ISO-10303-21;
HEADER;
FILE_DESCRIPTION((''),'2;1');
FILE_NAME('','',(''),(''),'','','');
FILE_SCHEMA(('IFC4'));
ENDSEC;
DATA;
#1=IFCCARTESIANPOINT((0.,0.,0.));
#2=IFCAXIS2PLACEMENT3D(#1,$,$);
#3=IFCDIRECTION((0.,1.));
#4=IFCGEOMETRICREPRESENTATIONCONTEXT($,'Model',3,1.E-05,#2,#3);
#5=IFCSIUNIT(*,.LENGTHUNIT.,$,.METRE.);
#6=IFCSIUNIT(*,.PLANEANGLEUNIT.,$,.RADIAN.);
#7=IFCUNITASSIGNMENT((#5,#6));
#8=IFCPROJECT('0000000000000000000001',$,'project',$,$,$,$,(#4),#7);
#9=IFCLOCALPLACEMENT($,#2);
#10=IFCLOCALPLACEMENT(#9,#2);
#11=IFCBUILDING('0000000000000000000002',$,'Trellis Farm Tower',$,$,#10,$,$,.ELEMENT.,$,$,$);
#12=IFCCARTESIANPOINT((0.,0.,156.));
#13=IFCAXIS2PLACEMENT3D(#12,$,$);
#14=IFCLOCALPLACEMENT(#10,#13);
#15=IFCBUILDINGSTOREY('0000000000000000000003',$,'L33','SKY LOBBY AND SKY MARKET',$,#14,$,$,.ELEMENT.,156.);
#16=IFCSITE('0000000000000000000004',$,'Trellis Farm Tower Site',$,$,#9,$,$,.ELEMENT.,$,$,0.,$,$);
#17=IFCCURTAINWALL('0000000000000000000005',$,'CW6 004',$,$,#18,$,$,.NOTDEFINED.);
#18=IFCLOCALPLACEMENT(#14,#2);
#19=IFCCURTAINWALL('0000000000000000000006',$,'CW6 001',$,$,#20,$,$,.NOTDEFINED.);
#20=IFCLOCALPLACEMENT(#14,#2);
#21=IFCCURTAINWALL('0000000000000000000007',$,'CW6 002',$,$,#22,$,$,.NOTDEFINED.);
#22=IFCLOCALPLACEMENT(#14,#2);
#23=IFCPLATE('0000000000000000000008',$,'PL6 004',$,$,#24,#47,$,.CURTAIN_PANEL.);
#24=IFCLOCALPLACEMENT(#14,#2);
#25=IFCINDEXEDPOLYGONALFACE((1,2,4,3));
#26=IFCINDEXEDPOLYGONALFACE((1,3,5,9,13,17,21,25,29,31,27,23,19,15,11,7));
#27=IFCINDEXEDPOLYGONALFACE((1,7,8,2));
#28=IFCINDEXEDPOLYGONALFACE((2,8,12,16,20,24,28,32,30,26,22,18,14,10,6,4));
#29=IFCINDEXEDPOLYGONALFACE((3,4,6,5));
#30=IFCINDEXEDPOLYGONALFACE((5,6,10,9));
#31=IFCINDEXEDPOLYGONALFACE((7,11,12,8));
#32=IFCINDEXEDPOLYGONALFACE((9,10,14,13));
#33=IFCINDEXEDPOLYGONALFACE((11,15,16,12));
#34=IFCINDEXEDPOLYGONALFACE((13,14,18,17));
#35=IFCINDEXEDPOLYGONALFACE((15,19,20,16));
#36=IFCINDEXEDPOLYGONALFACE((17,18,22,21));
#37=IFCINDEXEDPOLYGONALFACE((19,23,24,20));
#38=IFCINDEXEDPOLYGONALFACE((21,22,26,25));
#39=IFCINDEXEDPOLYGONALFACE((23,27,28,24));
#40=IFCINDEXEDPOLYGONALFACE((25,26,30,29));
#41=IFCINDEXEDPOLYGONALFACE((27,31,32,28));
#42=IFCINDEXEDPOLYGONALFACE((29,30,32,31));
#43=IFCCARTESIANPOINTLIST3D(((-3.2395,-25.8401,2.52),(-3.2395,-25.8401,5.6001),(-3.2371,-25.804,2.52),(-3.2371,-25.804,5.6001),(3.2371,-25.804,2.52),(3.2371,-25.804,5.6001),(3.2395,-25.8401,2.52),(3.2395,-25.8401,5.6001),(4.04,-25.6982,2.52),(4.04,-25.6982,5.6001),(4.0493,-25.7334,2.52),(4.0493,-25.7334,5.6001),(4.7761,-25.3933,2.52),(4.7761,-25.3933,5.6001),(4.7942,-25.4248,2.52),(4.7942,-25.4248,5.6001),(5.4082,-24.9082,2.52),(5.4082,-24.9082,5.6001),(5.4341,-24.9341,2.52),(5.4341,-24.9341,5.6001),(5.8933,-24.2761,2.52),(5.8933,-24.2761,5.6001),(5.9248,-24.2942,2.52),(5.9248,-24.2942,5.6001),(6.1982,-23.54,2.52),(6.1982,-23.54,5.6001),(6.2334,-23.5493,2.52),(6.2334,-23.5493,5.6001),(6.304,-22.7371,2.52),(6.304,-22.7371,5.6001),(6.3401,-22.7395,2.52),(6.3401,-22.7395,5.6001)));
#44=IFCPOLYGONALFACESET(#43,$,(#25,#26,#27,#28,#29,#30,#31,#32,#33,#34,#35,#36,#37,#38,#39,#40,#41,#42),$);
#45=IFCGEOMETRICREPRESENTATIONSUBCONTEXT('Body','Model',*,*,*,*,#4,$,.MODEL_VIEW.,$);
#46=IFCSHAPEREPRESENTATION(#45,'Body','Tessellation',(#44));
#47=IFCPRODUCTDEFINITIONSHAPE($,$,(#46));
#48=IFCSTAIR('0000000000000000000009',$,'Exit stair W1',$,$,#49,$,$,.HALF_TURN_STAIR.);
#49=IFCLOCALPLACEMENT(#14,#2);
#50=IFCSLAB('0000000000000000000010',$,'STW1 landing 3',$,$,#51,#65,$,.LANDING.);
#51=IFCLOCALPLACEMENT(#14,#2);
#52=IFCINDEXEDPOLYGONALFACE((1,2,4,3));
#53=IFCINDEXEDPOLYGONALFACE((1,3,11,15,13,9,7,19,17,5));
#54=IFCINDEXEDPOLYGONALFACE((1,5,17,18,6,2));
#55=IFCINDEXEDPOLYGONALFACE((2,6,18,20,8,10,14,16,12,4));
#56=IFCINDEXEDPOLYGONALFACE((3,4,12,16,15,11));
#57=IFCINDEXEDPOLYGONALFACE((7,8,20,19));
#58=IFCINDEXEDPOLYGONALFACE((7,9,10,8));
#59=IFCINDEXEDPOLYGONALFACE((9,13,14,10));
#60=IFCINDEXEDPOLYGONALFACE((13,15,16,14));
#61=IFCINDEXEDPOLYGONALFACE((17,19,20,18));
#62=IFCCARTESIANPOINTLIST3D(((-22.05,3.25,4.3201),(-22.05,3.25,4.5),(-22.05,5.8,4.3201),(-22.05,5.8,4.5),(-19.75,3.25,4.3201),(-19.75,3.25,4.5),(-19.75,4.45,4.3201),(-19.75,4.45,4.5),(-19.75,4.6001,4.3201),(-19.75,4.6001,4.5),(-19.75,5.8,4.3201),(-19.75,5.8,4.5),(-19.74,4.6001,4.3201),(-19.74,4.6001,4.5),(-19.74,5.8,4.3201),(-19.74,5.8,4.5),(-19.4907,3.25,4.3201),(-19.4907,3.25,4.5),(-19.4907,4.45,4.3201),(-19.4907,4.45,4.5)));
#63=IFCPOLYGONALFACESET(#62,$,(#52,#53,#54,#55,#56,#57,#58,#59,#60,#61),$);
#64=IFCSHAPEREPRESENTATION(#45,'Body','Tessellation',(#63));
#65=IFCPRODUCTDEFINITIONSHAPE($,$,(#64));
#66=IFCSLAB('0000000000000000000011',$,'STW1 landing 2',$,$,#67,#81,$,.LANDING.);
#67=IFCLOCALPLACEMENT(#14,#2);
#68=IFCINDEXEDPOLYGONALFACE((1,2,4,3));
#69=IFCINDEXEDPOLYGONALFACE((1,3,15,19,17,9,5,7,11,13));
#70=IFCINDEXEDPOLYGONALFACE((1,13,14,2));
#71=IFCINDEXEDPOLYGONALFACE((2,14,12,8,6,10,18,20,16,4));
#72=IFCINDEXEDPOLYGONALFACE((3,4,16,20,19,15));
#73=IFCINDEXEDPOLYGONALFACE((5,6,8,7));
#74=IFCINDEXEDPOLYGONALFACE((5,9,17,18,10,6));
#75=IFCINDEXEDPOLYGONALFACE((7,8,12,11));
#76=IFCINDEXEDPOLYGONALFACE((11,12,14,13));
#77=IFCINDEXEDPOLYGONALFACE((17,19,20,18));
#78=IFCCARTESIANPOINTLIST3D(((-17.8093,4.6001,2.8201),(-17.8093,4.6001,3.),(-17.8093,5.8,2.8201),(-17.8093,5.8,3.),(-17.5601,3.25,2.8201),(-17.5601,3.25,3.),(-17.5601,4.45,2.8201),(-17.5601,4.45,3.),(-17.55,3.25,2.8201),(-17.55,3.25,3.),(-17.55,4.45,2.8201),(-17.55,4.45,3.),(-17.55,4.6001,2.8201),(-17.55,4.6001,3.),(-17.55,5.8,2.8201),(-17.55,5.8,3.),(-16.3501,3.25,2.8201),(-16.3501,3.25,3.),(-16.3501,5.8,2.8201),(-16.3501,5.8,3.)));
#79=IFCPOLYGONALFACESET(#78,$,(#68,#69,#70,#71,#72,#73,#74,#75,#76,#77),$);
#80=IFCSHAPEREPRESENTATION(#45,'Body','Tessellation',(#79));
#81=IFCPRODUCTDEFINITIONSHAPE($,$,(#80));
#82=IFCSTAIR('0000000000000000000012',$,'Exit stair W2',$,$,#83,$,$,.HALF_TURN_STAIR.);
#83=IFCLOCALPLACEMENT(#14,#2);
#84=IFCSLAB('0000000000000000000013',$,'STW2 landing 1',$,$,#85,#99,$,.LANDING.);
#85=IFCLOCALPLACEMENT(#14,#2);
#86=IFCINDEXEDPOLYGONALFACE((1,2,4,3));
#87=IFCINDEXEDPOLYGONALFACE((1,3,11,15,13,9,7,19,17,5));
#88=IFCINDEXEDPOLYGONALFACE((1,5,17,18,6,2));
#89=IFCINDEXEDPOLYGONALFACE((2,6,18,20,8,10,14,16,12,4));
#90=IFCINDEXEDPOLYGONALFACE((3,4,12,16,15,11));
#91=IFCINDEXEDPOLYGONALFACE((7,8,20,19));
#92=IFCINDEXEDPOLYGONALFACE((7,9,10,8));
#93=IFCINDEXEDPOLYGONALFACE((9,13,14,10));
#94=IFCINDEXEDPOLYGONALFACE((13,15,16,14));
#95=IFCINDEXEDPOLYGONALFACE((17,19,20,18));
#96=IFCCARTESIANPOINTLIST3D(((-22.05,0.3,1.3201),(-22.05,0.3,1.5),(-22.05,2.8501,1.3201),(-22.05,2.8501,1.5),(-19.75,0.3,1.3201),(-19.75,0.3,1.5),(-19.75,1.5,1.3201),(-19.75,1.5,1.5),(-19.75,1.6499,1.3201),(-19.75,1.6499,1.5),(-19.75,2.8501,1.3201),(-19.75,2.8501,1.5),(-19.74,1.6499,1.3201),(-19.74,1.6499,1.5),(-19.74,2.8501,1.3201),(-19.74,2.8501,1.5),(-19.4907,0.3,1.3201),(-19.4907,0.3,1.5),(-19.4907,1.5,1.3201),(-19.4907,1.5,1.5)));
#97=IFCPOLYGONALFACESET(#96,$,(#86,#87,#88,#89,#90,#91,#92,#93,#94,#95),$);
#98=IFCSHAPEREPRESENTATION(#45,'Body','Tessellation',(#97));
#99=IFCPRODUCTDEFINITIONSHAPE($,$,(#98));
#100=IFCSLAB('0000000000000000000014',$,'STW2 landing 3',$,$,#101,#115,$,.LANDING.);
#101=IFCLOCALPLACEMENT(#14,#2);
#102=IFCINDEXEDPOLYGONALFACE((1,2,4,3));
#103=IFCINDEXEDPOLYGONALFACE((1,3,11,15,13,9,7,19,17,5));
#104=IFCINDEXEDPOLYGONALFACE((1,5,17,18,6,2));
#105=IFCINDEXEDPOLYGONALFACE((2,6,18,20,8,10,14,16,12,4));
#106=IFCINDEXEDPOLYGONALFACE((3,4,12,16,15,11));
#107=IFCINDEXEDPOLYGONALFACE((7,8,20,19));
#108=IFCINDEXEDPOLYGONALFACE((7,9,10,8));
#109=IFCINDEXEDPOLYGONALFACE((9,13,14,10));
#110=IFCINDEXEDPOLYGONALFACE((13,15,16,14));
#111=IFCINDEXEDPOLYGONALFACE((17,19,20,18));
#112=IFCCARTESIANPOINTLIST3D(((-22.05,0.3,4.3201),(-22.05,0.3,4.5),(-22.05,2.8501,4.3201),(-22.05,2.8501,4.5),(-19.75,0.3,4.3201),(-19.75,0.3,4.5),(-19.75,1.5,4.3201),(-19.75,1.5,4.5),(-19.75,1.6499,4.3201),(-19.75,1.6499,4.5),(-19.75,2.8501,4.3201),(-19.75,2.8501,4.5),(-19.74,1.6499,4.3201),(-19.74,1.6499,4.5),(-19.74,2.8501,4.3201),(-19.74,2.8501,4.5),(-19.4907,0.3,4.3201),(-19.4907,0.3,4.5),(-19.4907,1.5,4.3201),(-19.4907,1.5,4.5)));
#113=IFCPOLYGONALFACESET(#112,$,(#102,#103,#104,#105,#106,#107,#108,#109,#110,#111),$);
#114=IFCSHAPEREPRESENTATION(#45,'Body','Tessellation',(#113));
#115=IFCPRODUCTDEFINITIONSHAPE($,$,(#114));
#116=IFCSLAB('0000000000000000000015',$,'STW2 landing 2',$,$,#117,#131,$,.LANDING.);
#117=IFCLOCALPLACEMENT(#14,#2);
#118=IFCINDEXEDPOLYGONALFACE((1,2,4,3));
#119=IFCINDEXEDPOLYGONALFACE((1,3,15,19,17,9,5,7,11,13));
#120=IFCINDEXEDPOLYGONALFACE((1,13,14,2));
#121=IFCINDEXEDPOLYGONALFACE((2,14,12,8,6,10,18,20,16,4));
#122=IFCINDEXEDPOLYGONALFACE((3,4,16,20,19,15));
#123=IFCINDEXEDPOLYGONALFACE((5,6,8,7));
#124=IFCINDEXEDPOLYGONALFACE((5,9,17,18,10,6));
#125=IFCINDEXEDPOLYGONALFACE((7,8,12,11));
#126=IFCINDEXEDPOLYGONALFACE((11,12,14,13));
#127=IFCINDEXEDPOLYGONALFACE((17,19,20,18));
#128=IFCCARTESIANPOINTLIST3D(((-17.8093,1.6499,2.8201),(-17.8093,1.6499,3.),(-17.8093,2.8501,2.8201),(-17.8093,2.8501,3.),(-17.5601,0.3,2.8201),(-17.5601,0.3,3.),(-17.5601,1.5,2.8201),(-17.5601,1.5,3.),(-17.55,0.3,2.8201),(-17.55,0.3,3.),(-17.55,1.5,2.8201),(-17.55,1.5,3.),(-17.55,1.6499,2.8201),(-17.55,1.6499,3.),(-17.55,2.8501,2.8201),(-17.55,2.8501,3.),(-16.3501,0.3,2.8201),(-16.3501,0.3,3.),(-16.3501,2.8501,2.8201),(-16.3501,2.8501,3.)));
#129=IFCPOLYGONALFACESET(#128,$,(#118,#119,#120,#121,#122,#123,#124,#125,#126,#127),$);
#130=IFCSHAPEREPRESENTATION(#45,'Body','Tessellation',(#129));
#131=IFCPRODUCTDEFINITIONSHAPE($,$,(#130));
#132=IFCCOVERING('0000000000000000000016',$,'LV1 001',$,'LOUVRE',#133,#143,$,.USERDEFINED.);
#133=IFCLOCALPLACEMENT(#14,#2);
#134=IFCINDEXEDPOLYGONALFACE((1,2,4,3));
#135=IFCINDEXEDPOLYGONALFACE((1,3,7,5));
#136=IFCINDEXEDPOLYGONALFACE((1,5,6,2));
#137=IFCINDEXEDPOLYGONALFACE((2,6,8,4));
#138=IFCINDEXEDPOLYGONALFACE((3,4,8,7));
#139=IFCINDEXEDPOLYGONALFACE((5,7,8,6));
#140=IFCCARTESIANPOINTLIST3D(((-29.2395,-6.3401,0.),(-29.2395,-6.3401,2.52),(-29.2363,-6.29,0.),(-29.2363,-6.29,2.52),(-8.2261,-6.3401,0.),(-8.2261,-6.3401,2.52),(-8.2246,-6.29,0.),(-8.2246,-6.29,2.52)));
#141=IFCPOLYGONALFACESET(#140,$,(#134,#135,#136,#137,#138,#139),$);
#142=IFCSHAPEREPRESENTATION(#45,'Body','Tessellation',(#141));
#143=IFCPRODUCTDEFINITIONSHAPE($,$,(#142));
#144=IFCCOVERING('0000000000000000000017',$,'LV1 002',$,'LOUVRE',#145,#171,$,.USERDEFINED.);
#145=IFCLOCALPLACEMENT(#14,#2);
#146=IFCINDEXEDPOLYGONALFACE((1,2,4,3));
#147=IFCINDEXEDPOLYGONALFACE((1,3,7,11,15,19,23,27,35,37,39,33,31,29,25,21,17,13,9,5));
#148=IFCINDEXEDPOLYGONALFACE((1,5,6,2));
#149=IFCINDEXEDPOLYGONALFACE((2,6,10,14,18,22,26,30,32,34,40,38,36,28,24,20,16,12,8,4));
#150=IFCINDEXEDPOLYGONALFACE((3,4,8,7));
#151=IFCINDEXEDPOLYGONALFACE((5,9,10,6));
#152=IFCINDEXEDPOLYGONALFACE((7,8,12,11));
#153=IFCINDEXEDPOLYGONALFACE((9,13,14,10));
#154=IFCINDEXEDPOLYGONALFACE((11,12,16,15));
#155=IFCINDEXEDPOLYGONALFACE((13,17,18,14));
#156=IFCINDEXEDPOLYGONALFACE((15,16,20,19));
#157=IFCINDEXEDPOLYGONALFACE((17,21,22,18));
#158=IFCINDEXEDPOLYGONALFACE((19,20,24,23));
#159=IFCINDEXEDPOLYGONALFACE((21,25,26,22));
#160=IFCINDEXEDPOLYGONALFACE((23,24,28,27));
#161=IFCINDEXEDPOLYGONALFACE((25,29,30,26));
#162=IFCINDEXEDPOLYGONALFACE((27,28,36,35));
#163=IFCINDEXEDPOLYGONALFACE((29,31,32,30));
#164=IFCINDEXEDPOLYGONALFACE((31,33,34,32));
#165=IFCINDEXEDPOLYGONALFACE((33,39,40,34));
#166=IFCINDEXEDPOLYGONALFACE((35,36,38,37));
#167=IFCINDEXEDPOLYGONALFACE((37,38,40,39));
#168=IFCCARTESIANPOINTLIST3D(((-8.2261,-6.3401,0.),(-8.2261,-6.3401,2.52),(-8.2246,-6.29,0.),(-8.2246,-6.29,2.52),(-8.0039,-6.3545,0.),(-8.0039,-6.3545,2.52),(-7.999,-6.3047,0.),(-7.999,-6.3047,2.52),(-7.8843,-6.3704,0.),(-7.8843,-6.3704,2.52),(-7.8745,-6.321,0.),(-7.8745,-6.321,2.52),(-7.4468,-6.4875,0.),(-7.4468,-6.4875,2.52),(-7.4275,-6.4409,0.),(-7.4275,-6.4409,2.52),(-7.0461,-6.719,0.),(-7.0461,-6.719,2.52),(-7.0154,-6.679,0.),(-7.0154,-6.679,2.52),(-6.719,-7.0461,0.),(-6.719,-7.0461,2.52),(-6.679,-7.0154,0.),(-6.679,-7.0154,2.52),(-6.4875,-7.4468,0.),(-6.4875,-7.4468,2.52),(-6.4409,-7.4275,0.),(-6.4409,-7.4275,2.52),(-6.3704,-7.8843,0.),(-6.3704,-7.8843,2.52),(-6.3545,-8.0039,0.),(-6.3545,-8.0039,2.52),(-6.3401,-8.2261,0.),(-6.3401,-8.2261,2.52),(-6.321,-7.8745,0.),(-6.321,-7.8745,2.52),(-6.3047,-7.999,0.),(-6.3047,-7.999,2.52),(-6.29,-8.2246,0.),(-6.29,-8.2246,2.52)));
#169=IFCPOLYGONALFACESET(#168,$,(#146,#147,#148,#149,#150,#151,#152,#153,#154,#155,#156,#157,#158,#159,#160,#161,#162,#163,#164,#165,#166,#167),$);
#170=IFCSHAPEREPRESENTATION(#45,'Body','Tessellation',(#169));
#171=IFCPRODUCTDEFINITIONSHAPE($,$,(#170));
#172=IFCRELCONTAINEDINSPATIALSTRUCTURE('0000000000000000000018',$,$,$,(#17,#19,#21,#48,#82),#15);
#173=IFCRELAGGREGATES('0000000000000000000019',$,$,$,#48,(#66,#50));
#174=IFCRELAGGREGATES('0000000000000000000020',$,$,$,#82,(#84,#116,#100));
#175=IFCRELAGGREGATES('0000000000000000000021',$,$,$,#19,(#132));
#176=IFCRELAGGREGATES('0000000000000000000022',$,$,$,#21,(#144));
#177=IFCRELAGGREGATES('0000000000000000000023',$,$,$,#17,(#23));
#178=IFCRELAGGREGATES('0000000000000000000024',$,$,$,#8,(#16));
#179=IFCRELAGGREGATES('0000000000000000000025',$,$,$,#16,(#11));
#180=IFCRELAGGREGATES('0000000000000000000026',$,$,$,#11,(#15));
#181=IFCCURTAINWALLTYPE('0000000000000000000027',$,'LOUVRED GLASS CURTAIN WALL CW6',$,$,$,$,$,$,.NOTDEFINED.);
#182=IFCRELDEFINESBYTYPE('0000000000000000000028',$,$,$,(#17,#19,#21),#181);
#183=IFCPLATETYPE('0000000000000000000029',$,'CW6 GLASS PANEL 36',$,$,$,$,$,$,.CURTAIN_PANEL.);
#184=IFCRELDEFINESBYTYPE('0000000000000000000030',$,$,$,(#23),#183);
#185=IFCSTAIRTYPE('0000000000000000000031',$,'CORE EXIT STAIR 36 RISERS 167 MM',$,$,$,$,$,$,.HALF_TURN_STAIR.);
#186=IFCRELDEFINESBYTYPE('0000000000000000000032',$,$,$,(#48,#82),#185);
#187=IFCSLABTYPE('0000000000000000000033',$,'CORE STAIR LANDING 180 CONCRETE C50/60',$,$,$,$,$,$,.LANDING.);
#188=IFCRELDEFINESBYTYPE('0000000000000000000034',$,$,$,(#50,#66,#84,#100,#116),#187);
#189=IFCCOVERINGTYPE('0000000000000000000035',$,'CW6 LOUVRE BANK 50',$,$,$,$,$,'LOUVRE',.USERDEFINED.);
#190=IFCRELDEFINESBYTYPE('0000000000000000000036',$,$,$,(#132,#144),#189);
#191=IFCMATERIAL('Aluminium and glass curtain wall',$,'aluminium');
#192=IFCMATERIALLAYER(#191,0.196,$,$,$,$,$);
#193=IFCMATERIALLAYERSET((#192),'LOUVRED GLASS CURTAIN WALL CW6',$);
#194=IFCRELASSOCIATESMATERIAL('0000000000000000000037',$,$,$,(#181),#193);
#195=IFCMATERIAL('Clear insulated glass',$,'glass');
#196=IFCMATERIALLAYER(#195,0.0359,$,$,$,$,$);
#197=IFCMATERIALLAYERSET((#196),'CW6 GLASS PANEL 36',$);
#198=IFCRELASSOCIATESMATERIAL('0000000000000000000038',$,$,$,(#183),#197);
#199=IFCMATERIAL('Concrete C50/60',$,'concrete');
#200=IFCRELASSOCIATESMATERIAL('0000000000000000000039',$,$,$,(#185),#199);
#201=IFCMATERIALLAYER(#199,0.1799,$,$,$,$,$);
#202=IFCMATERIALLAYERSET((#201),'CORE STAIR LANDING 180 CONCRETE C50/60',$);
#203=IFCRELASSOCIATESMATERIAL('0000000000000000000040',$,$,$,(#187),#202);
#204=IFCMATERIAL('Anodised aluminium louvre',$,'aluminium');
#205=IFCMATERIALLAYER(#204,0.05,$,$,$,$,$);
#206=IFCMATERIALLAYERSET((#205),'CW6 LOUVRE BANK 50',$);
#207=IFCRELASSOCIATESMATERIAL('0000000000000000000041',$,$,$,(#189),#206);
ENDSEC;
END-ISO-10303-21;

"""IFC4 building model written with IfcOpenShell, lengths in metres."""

from ifc_helpers import new_model, si_unit, direction, frame, origin, place, context, subcontext, project, spatial, polyline, outline, extrude, source, transform, mapped, material, layer, layer_set, type_object, element, aggregate, save


model = new_model("IFC4")

# Units and contexts
model_context = context("Model", 3, precision=1e-05, world=origin(), true_north=direction((0.0, 1.0)))
body_context = subcontext(model_context, "Body", "Model", "MODEL_VIEW")
ifc_project = project(units=[si_unit("LENGTHUNIT", "METRE"), si_unit("PLANEANGLEUNIT", "RADIAN")], contexts=[model_context])

# Site, building, storey
site_placement = place(None, origin())
site = spatial("IfcSite", under=ifc_project, at=site_placement, Name="Trellis Farm Tower Site", CompositionType="ELEMENT", RefElevation=0.0)
building_placement = place(site_placement, origin())
building = spatial("IfcBuilding", under=site, at=building_placement, Name="Trellis Farm Tower", CompositionType="ELEMENT")
storey_placement = place(building_placement, frame((0.0, 0.0, 156.0)))
storey = spatial("IfcBuildingStorey", under=building, at=storey_placement, Name="L33", Description="SKY LOBBY AND SKY MARKET", CompositionType="ELEMENT", Elevation=156.0)

# Curtain walls
ifc_material_1 = material(Name="Aluminium and glass curtain wall", Category="aluminium")
ifc_layer_1 = layer(ifc_material_1, 0.196)
ifc_layer_set_1 = layer_set([ifc_layer_1], Name="LOUVRED GLASS CURTAIN WALL CW6")
curtain_wall_type = type_object("IfcCurtainWallType", Name="LOUVRED GLASS CURTAIN WALL CW6", PredefinedType="NOTDEFINED", material=ifc_layer_set_1)
placement_1 = place(storey_placement, origin())
curtain_wall_1 = element("IfcCurtainWall", 1, at=placement_1, inside=storey, type_object=curtain_wall_type, Name="CW6 004", PredefinedType="NOTDEFINED")
curtain_wall_2 = element("IfcCurtainWall", 2, at=placement_1, inside=storey, type_object=curtain_wall_type, Name="CW6 001", PredefinedType="NOTDEFINED")
curtain_wall_3 = element("IfcCurtainWall", 3, at=placement_1, inside=storey, type_object=curtain_wall_type, Name="CW6 002", PredefinedType="NOTDEFINED")

# Plate
ifc_material_2 = material(Name="Clear insulated glass", Category="glass")
ifc_layer_2 = layer(ifc_material_2, 0.0359)
ifc_layer_set_2 = layer_set([ifc_layer_2], Name="CW6 GLASS PANEL 36")
plate_type = type_object("IfcPlateType", Name="CW6 GLASS PANEL 36", PredefinedType="CURTAIN_PANEL", material=ifc_layer_set_2)
placement_2 = place(storey_placement, frame((0.0, 0.0, 2.52)))
plate_1 = element("IfcPlate", 4, at=placement_2, type_object=plate_type, Name="PL6 004", PredefinedType="CURTAIN_PANEL", context=body_context, shape_type="SweptSolid", body=[
    extrude(outline(polyline([(-3.2395, -25.8401), (3.2395, -25.8401), (4.0493, -25.7334), (4.7942, -25.4248), (5.4341, -24.9341), (5.9248, -24.2942), (6.2334, -23.5493), (6.3401, -22.7395), (6.304, -22.7371), (6.1982, -23.54), (5.8933, -24.2761), (5.4082, -24.9082), (4.7761, -25.3933), (4.04, -25.6982), (3.2371, -25.804), (-3.2371, -25.804), (-3.2395, -25.8401)])), origin(), (0.0, 0.0, 1.0), 3.0801),
])

# Stairs, slabs
ifc_material_3 = material(Name="Concrete C50/60", Category="concrete")
stair_type = type_object("IfcStairType", Name="CORE EXIT STAIR 36 RISERS 167 MM", PredefinedType="HALF_TURN_STAIR", material=ifc_material_3)
stair_1 = element("IfcStair", 5, at=placement_1, inside=storey, type_object=stair_type, Name="Exit stair W1", PredefinedType="HALF_TURN_STAIR")
ifc_layer_3 = layer(ifc_material_3, 0.1799)
ifc_layer_set_3 = layer_set([ifc_layer_3], Name="CORE STAIR LANDING 180 CONCRETE C50/60")
slab_type = type_object("IfcSlabType", Name="CORE STAIR LANDING 180 CONCRETE C50/60", PredefinedType="LANDING", material=ifc_layer_set_3)
shared_shape_1 = source(origin(), body_context, "Body", "SweptSolid", [
    extrude(outline(polyline([(-19.4907, 4.45), (-19.4907, 3.25), (-19.75, 3.25), (-22.05, 3.25), (-22.05, 5.8), (-19.75, 5.8), (-19.74, 5.8), (-19.74, 4.6001), (-19.75, 4.6001), (-19.75, 4.45), (-19.4907, 4.45)])), origin(), (0.0, 0.0, 1.0), 0.1799),
])
placement_3 = place(storey_placement, frame((0.0, 0.0, 4.3201)))
slab_1 = element("IfcSlab", 6, at=placement_3, type_object=slab_type, Name="STW1 landing 3", PredefinedType="LANDING", context=body_context, shape_type="MappedRepresentation", body=[
    mapped(shared_shape_1, transform((0.0, 0.0, 0.0))),
])
shared_shape_2 = source(origin(), body_context, "Body", "SweptSolid", [
    extrude(outline(polyline([(-17.5601, 3.25), (-17.5601, 4.45), (-17.55, 4.45), (-17.55, 4.6001), (-17.8093, 4.6001), (-17.8093, 5.8), (-17.55, 5.8), (-16.3501, 5.8), (-16.3501, 3.25), (-17.55, 3.25), (-17.5601, 3.25)])), origin(), (0.0, 0.0, 1.0), 0.1799),
])
placement_4 = place(storey_placement, frame((0.0, 0.0, 2.8201)))
slab_2 = element("IfcSlab", 7, at=placement_4, type_object=slab_type, Name="STW1 landing 2", PredefinedType="LANDING", context=body_context, shape_type="MappedRepresentation", body=[
    mapped(shared_shape_2, transform((0.0, 0.0, 0.0))),
])
aggregate(stair_1, [slab_2, slab_1])
stair_2 = element("IfcStair", 8, at=placement_1, inside=storey, type_object=stair_type, Name="Exit stair W2", PredefinedType="HALF_TURN_STAIR")
shared_shape_3 = source(origin(), body_context, "Body", "SweptSolid", [
    extrude(outline(polyline([(-19.4907, 1.5), (-19.4907, 0.3), (-19.75, 0.3), (-22.05, 0.3), (-22.05, 2.8501), (-19.75, 2.8501), (-19.74, 2.8501), (-19.74, 1.6499), (-19.75, 1.6499), (-19.75, 1.5), (-19.4907, 1.5)])), origin(), (0.0, 0.0, 1.0), 0.1799),
])
slab_3_placement = place(storey_placement, frame((0.0, 0.0, 1.3201)))
slab_3 = element("IfcSlab", 9, at=slab_3_placement, type_object=slab_type, Name="STW2 landing 1", PredefinedType="LANDING", context=body_context, shape_type="MappedRepresentation", body=[
    mapped(shared_shape_3, transform((0.0, 0.0, 0.0))),
])
slab_4 = element("IfcSlab", 10, at=placement_3, type_object=slab_type, Name="STW2 landing 3", PredefinedType="LANDING", context=body_context, shape_type="MappedRepresentation", body=[
    mapped(shared_shape_3, transform((0.0, 0.0, 0.0))),
])
shared_shape_4 = source(origin(), body_context, "Body", "SweptSolid", [
    extrude(outline(polyline([(-17.5601, 0.3), (-17.5601, 1.5), (-17.55, 1.5), (-17.55, 1.6499), (-17.8093, 1.6499), (-17.8093, 2.8501), (-17.55, 2.8501), (-16.3501, 2.8501), (-16.3501, 0.3), (-17.55, 0.3), (-17.5601, 0.3)])), origin(), (0.0, 0.0, 1.0), 0.1799),
])
slab_5 = element("IfcSlab", 11, at=placement_4, type_object=slab_type, Name="STW2 landing 2", PredefinedType="LANDING", context=body_context, shape_type="MappedRepresentation", body=[
    mapped(shared_shape_4, transform((0.0, 0.0, 0.0))),
])
aggregate(stair_2, [slab_3, slab_5, slab_4])

# Coverings
ifc_material_4 = material(Name="Anodised aluminium louvre", Category="aluminium")
ifc_layer_4 = layer(ifc_material_4, 0.05)
ifc_layer_set_4 = layer_set([ifc_layer_4], Name="CW6 LOUVRE BANK 50")
covering_type = type_object("IfcCoveringType", Name="CW6 LOUVRE BANK 50", ElementType="LOUVRE", PredefinedType="USERDEFINED", material=ifc_layer_set_4)
covering_1 = element("IfcCovering", 12, at=placement_1, type_object=covering_type, Name="LV1 001", ObjectType="LOUVRE", PredefinedType="USERDEFINED", context=body_context, shape_type="SweptSolid", body=[
    extrude(outline(polyline([(-29.2395, -6.3401), (-8.2261, -6.3401), (-8.2246, -6.29), (-29.2363, -6.29), (-29.2395, -6.3401)])), origin(), (0.0, 0.0, 1.0), 2.52),
])
aggregate(curtain_wall_2, [covering_1])
covering_2 = element("IfcCovering", 13, at=placement_1, type_object=covering_type, Name="LV1 002", ObjectType="LOUVRE", PredefinedType="USERDEFINED", context=body_context, shape_type="SweptSolid", body=[
    extrude(outline(polyline([(-8.2261, -6.3401), (-8.0039, -6.3545), (-7.8843, -6.3704), (-7.4468, -6.4875), (-7.0461, -6.719), (-6.719, -7.0461), (-6.4875, -7.4468), (-6.3704, -7.8843), (-6.3545, -8.0039), (-6.3401, -8.2261), (-6.29, -8.2246), (-6.3047, -7.999), (-6.321, -7.8745), (-6.4409, -7.4275), (-6.679, -7.0154), (-7.0154, -6.679), (-7.4275, -6.4409), (-7.8745, -6.321), (-7.999, -6.3047), (-8.2246, -6.29), (-8.2261, -6.3401)])), origin(), (0.0, 0.0, 1.0), 2.52),
])
aggregate(curtain_wall_3, [covering_2])
aggregate(curtain_wall_1, [plate_1])

save(model, "model.ifc")
